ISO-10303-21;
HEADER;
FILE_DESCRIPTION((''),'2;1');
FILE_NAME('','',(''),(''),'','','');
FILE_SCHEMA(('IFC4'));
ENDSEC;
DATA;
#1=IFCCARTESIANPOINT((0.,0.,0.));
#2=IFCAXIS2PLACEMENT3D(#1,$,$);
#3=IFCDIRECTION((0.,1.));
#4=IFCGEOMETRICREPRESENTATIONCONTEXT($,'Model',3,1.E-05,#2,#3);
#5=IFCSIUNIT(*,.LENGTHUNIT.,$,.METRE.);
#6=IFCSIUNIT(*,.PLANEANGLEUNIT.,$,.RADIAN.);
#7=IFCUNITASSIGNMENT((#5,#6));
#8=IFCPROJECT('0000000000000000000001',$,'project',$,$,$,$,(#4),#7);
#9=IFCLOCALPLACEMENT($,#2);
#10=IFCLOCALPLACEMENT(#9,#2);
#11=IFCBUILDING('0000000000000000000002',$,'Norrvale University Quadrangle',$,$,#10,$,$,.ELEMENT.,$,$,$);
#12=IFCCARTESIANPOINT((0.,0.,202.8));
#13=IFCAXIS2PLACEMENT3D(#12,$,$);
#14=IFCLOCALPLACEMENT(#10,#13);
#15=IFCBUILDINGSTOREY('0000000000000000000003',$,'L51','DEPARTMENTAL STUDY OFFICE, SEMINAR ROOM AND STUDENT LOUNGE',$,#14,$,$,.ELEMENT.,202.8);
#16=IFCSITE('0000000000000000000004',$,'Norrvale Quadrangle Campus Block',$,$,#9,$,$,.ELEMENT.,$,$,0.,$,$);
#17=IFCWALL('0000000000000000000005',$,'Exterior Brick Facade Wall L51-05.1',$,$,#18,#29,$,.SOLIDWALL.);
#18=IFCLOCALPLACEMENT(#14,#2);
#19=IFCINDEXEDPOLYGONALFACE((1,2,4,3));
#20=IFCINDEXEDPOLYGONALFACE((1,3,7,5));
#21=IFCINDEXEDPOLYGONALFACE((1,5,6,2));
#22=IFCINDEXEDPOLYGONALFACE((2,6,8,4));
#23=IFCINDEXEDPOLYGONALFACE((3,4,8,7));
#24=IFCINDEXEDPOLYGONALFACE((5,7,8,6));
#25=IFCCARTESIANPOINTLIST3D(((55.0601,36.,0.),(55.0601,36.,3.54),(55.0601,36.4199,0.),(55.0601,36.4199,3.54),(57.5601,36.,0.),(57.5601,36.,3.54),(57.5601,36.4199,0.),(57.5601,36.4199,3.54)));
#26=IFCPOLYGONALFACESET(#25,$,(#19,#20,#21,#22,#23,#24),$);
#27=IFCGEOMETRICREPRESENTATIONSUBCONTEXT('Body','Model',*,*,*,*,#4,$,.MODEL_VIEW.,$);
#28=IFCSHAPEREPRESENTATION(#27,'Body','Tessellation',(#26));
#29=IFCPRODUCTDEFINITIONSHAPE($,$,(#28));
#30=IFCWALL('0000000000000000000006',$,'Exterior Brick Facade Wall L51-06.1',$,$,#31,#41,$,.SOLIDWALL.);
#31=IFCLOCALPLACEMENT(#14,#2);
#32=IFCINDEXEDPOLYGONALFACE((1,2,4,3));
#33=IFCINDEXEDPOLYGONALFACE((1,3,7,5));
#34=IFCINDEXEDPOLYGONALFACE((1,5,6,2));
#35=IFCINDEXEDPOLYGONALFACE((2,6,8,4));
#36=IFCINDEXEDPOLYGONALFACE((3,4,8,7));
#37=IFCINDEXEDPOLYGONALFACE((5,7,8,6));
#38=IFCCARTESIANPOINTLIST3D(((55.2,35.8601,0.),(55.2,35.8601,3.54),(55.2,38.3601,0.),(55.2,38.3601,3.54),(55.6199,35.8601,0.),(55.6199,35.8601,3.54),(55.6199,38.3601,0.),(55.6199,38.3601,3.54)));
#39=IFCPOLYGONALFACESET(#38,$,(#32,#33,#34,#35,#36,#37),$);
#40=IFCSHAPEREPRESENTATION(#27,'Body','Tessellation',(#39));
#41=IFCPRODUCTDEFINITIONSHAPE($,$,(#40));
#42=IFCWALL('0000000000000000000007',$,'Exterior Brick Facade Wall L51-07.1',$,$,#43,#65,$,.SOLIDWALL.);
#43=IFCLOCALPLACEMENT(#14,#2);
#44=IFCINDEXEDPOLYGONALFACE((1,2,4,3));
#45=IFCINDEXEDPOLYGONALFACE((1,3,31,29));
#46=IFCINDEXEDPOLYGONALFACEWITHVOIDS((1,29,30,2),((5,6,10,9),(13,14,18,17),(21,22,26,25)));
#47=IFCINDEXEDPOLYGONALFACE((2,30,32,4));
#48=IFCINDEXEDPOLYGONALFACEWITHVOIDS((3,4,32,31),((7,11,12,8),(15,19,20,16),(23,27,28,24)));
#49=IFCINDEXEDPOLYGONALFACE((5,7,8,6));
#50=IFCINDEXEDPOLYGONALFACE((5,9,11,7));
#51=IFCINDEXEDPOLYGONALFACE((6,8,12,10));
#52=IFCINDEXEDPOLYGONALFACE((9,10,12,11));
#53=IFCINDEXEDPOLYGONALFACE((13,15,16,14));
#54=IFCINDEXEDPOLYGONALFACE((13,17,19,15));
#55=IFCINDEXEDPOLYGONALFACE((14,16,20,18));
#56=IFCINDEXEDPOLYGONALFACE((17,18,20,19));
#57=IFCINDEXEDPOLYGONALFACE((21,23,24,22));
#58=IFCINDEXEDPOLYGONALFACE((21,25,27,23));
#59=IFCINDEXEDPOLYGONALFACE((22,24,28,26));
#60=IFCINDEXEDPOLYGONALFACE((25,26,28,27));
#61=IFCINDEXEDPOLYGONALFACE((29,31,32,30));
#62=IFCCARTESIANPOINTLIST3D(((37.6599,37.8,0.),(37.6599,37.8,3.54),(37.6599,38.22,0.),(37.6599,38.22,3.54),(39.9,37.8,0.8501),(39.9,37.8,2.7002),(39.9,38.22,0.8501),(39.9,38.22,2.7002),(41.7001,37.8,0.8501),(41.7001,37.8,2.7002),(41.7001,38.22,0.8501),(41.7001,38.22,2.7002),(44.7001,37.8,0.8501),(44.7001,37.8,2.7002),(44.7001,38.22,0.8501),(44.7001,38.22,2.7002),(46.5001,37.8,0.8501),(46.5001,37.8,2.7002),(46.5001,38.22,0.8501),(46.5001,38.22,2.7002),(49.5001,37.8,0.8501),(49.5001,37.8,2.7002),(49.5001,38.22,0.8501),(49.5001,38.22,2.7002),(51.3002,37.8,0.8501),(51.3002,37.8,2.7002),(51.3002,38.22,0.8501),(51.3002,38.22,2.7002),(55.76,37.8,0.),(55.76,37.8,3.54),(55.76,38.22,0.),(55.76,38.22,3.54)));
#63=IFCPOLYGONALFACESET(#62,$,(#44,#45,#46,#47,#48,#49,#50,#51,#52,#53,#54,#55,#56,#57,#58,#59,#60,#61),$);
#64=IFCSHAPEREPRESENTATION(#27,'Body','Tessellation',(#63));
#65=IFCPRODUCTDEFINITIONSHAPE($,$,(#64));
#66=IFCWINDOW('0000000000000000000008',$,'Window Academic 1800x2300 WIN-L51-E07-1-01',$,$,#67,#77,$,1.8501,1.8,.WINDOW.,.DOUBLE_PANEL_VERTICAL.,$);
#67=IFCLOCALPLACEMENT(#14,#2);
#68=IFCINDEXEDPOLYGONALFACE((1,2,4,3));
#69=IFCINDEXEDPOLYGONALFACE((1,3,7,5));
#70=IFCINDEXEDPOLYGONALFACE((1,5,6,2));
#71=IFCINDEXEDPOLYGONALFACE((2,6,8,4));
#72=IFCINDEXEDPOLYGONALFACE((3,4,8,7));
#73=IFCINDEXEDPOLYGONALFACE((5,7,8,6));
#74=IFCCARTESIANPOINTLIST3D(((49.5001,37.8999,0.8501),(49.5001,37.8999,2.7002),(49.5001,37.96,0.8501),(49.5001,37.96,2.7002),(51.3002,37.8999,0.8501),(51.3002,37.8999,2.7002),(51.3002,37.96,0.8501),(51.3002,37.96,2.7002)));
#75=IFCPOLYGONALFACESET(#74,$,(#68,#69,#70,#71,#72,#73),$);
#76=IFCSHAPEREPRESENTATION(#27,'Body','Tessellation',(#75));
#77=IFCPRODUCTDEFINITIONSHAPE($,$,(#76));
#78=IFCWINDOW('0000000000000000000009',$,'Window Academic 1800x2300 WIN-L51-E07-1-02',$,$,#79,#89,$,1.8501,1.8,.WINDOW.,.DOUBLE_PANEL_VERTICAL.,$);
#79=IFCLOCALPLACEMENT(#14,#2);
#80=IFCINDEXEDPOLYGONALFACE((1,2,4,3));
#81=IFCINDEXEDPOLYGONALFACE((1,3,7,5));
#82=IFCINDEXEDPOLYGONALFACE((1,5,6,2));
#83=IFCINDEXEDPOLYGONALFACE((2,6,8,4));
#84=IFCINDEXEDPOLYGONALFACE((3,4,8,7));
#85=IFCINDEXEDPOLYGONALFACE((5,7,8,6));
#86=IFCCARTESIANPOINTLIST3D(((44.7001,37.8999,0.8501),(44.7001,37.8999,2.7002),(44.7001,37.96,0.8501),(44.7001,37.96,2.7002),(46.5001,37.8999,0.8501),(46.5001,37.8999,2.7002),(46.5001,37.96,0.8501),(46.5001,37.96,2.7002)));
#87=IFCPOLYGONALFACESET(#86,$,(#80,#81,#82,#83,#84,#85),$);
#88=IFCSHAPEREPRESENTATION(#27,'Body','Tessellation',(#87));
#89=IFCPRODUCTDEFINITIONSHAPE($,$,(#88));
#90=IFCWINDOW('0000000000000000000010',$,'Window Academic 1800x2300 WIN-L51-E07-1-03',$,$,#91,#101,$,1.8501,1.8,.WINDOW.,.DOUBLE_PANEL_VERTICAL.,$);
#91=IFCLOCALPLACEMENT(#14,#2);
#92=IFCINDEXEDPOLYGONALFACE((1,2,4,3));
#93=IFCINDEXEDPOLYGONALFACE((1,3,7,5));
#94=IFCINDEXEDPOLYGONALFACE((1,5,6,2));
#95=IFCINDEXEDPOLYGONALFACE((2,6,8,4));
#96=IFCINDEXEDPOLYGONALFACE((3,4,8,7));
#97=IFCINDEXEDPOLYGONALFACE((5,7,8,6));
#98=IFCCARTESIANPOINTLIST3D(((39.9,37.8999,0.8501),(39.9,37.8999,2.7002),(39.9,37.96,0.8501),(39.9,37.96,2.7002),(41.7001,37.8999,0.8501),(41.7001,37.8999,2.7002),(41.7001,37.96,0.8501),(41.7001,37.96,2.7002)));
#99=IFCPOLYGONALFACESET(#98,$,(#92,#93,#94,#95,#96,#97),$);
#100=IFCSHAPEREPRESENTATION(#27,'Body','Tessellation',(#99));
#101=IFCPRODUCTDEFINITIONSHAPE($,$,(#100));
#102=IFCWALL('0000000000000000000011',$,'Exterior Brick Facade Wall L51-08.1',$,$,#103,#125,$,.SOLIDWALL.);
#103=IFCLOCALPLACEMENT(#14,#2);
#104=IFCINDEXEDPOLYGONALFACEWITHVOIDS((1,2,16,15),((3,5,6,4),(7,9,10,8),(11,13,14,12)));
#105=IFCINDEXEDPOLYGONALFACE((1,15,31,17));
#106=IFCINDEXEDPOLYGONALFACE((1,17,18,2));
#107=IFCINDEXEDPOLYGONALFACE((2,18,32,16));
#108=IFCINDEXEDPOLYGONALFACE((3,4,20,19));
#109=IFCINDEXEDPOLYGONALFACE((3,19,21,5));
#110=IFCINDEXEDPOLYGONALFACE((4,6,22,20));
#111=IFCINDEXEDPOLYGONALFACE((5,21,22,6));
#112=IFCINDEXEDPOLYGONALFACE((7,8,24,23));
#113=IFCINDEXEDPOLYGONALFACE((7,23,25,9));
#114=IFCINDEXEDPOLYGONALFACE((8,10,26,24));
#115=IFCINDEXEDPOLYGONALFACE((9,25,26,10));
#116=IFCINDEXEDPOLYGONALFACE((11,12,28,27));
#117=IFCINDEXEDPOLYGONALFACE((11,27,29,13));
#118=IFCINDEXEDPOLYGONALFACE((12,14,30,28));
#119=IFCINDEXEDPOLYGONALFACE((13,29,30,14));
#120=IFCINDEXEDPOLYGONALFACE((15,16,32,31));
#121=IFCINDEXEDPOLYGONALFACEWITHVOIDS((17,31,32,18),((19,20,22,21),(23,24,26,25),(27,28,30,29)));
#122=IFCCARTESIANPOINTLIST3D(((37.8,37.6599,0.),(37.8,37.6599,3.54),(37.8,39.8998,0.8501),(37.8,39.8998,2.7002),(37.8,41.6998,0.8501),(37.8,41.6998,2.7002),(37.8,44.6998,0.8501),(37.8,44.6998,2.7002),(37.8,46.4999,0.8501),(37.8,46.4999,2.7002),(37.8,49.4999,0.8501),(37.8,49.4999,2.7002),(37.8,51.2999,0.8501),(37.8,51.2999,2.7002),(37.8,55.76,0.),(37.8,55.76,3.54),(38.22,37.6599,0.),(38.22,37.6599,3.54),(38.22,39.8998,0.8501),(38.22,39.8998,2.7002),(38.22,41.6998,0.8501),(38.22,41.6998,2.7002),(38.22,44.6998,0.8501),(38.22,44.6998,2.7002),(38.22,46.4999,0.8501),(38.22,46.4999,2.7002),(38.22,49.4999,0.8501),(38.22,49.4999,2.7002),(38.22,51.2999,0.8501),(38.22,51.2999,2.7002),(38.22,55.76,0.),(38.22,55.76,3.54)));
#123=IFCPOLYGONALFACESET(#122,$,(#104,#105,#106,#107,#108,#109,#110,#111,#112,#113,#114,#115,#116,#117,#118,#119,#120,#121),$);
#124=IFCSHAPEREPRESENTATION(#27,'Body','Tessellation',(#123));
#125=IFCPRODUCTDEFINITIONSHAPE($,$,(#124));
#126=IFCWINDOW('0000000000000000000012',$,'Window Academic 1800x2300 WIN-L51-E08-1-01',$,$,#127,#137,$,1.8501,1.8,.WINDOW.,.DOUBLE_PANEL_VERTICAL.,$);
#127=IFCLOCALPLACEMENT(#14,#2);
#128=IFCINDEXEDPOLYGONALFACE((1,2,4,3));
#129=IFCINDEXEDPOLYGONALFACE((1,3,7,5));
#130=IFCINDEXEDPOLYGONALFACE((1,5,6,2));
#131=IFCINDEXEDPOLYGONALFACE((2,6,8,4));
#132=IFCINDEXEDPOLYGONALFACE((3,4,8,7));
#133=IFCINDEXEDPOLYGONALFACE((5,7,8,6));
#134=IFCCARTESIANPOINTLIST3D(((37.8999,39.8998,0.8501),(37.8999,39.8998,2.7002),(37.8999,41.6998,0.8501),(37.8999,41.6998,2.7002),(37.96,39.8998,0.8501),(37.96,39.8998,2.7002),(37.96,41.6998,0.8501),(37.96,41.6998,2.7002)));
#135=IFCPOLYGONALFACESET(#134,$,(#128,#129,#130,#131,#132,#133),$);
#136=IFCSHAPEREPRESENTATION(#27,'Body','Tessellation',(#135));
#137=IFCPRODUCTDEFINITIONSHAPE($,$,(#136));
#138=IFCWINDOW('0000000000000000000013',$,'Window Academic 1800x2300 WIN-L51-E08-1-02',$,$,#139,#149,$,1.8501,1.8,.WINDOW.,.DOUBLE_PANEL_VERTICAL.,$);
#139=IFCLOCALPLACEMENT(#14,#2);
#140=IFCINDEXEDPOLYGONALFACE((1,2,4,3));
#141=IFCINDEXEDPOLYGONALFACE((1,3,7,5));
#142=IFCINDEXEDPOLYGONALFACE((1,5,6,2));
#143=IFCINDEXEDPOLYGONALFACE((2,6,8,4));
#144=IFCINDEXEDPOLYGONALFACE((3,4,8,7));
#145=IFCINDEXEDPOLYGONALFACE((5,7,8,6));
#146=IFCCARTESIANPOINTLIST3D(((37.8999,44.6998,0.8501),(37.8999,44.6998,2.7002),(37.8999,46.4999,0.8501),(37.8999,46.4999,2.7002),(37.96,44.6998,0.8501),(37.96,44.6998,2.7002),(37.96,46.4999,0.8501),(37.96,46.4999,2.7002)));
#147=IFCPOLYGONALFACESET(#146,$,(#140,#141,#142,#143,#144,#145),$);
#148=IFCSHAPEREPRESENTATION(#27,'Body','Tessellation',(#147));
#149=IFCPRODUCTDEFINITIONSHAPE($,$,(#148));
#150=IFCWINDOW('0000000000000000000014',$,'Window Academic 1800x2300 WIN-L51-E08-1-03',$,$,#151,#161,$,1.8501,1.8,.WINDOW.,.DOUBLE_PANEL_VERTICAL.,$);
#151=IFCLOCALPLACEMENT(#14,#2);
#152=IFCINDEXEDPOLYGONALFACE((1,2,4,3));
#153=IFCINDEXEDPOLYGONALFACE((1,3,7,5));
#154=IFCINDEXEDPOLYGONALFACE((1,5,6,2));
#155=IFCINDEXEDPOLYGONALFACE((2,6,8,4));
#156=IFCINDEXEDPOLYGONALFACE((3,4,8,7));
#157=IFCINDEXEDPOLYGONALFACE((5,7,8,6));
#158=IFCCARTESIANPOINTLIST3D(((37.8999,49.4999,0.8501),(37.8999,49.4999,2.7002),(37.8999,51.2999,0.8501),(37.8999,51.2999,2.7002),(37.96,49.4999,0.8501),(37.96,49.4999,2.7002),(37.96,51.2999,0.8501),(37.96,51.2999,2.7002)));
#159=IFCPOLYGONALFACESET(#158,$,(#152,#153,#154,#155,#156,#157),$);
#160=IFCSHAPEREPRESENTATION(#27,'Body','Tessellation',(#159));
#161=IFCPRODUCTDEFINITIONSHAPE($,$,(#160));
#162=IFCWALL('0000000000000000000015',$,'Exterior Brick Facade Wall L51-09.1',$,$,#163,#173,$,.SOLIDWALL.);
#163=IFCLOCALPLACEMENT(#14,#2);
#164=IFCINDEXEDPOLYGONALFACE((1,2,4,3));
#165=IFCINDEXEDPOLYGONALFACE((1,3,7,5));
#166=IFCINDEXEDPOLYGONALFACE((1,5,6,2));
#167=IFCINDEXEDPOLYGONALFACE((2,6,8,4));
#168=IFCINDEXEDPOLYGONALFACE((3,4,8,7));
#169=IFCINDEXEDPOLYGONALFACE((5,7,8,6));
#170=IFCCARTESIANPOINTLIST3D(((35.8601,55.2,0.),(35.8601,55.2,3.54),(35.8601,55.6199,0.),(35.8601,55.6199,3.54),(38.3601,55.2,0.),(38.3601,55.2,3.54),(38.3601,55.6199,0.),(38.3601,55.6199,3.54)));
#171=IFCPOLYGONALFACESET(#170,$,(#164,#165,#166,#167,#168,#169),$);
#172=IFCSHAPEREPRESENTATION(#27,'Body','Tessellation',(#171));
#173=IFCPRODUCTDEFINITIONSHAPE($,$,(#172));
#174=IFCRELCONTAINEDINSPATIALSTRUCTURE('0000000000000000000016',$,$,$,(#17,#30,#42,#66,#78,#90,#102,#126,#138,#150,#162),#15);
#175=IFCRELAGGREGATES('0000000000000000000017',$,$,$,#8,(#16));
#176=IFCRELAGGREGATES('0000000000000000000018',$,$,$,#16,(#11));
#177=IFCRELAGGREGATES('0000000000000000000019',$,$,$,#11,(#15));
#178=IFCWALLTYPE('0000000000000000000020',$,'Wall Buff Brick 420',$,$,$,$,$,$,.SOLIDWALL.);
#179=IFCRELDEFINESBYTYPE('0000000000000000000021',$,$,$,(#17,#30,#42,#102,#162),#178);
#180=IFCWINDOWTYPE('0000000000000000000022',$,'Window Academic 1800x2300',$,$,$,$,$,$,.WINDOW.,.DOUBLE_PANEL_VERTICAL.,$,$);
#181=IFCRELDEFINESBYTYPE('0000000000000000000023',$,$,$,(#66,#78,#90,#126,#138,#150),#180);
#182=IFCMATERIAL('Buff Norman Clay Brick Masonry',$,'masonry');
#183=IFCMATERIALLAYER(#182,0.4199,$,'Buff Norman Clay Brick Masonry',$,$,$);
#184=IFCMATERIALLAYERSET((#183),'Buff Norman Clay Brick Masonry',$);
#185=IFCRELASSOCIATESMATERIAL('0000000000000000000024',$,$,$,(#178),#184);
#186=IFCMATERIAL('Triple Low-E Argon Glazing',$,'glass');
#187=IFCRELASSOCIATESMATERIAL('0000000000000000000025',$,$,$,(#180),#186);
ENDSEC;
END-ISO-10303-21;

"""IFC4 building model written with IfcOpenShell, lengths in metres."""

from ifc_helpers import new_model, si_unit, direction, frame, frame_2d, origin, place, context, subcontext, project, spatial, rectangle, extrude, material, layer, layer_set, type_object, element, fill, save


model = new_model("IFC4")

# Units and contexts
model_context = context("Model", 3, precision=1e-05, world=origin(), true_north=direction((0.0, 1.0)))
body_context = subcontext(model_context, "Body", "Model", "MODEL_VIEW")
ifc_project = project(units=[si_unit("LENGTHUNIT", "METRE"), si_unit("PLANEANGLEUNIT", "RADIAN")], contexts=[model_context])

# Site, building, storey
site_placement = place(None, origin())
site = spatial("IfcSite", under=ifc_project, at=site_placement, Name="Norrvale Quadrangle Campus Block", CompositionType="ELEMENT", RefElevation=0.0)
building_placement = place(site_placement, origin())
building = spatial("IfcBuilding", under=site, at=building_placement, Name="Norrvale University Quadrangle", CompositionType="ELEMENT")
storey_placement = place(building_placement, frame((0.0, 0.0, 202.8)))
storey = spatial("IfcBuildingStorey", under=building, at=storey_placement, Name="L51", Description="DEPARTMENTAL STUDY OFFICE, SEMINAR ROOM AND STUDENT LOUNGE", CompositionType="ELEMENT", Elevation=202.8)

# Walls
ifc_material_1 = material(Name="Buff Norman Clay Brick Masonry", Category="masonry")
ifc_layer = layer(ifc_material_1, 0.4199, Name="Buff Norman Clay Brick Masonry")
ifc_layer_set = layer_set([ifc_layer], Name="Buff Norman Clay Brick Masonry")
wall_type = type_object("IfcWallType", Name="Wall Buff Brick 420", PredefinedType="SOLIDWALL", material=ifc_layer_set)
for number, where, z_axis, x_axis, name in (
    (1, (57.5601, 36.21, 0.0), (0.0, 0.0, 1.0), (-1.0, 0.0, 0.0), "Exterior Brick Facade Wall L51-05.1"),
    (2, (55.4099, 35.8601, 0.0), (0.0, 0.0, 1.0), (0.0, 1.0, 0.0), "Exterior Brick Facade Wall L51-06.1"),
):
    element("IfcWall", number, at=place(storey_placement, frame(where, z_axis=z_axis, x_axis=x_axis)), inside=storey, type_object=wall_type, Name=name, PredefinedType="SOLIDWALL", context=body_context, shape_type="SweptSolid", body=[
        extrude(rectangle(XDim=2.5, YDim=0.4199, at=frame_2d((1.25, 0.0))), origin(), (0.0, 0.0, 1.0), 3.54),
    ])

# Walls, openings, windows
wall_1_placement = place(storey_placement, frame((55.76, 38.01, 0.0), z_axis=(0.0, 0.0, 1.0), x_axis=(-1.0, 0.0, 0.0)))
wall_1 = element("IfcWall", 3, at=wall_1_placement, inside=storey, type_object=wall_type, Name="Exterior Brick Facade Wall L51-07.1", PredefinedType="SOLIDWALL", context=body_context, shape_type="SweptSolid", body=[
    extrude(rectangle(XDim=18.1001, YDim=0.4199, at=frame_2d((9.05, 0.0))), origin(), (0.0, 0.0, 1.0), 3.54),
])
opening_1_placement = place(wall_1_placement, frame((4.46, 0.0, 0.8501)))
opening_1 = element("IfcOpeningElement", 4, at=opening_1_placement, cuts=wall_1, PredefinedType="OPENING", context=body_context, shape_type="SweptSolid", body=[
    extrude(rectangle(XDim=1.8, YDim=1.8501, at=frame_2d((0.8999, 0.925))), frame((0.0, 0.2219, 0.0), z_axis=(0.0, -1.0, 0.0), x_axis=(1.0, 0.0, 0.0)), (0.0, 0.0, 1.0), 0.4438),
])
opening_2_placement = place(wall_1_placement, frame((9.26, 0.0, 0.8501)))
opening_2 = element("IfcOpeningElement", 5, at=opening_2_placement, cuts=wall_1, PredefinedType="OPENING", context=body_context, shape_type="SweptSolid", body=[
    extrude(rectangle(XDim=1.8, YDim=1.8501, at=frame_2d((0.8999, 0.925))), frame((0.0, 0.2219, 0.0), z_axis=(0.0, -1.0, 0.0), x_axis=(1.0, 0.0, 0.0)), (0.0, 0.0, 1.0), 0.4438),
])
opening_3_placement = place(wall_1_placement, frame((14.0601, 0.0, 0.8501)))
opening_3 = element("IfcOpeningElement", 6, at=opening_3_placement, cuts=wall_1, PredefinedType="OPENING", context=body_context, shape_type="SweptSolid", body=[
    extrude(rectangle(XDim=1.8, YDim=1.8501, at=frame_2d((0.8999, 0.925))), frame((0.0, 0.2219, 0.0), z_axis=(0.0, -1.0, 0.0), x_axis=(1.0, 0.0, 0.0)), (0.0, 0.0, 1.0), 0.4438),
])
ifc_material_2 = material(Name="Triple Low-E Argon Glazing", Category="glass")
window_type_1 = type_object("IfcWindowType", Name="Window Academic 1800x2300", PartitioningType="DOUBLE_PANEL_VERTICAL", PredefinedType="WINDOW", material=ifc_material_2)
window_1_placement = place(opening_1_placement, origin())
window_1 = element("IfcWindow", 7, at=window_1_placement, inside=storey, type_object=window_type_1, Name="Window Academic 1800x2300 WIN-L51-E07-1-01", OverallHeight=1.8501, OverallWidth=1.8, PartitioningType="DOUBLE_PANEL_VERTICAL", PredefinedType="WINDOW", context=body_context, shape_type="SweptSolid", body=[
    extrude(rectangle(XDim=1.8, YDim=1.8501, at=frame_2d((0.8999, 0.925))), frame((0.0, 0.1101, 0.0), z_axis=(0.0, -1.0, 0.0), x_axis=(1.0, 0.0, 0.0)), (0.0, 0.0, 1.0), 0.0601),
])
fill(opening_1, window_1)
window_2_placement = place(opening_2_placement, origin())
window_2 = element("IfcWindow", 8, at=window_2_placement, inside=storey, type_object=window_type_1, Name="Window Academic 1800x2300 WIN-L51-E07-1-02", OverallHeight=1.8501, OverallWidth=1.8, PartitioningType="DOUBLE_PANEL_VERTICAL", PredefinedType="WINDOW", context=body_context, shape_type="SweptSolid", body=[
    extrude(rectangle(XDim=1.8, YDim=1.8501, at=frame_2d((0.8999, 0.925))), frame((0.0, 0.1101, 0.0), z_axis=(0.0, -1.0, 0.0), x_axis=(1.0, 0.0, 0.0)), (0.0, 0.0, 1.0), 0.0601),
])
fill(opening_2, window_2)
window_3_placement = place(opening_3_placement, origin())
window_3 = element("IfcWindow", 9, at=window_3_placement, inside=storey, type_object=window_type_1, Name="Window Academic 1800x2300 WIN-L51-E07-1-03", OverallHeight=1.8501, OverallWidth=1.8, PartitioningType="DOUBLE_PANEL_VERTICAL", PredefinedType="WINDOW", context=body_context, shape_type="SweptSolid", body=[
    extrude(rectangle(XDim=1.8, YDim=1.8501, at=frame_2d((0.8999, 0.925))), frame((0.0, 0.1101, 0.0), z_axis=(0.0, -1.0, 0.0), x_axis=(1.0, 0.0, 0.0)), (0.0, 0.0, 1.0), 0.0601),
])
fill(opening_3, window_3)
wall_2_placement = place(storey_placement, frame((38.01, 37.6599, 0.0), z_axis=(0.0, 0.0, 1.0), x_axis=(0.0, 1.0, 0.0)))
wall_2 = element("IfcWall", 10, at=wall_2_placement, inside=storey, type_object=wall_type, Name="Exterior Brick Facade Wall L51-08.1", PredefinedType="SOLIDWALL", context=body_context, shape_type="SweptSolid", body=[
    extrude(rectangle(XDim=18.1001, YDim=0.4199, at=frame_2d((9.05, 0.0))), origin(), (0.0, 0.0, 1.0), 3.54),
])
opening_4_placement = place(wall_2_placement, frame((2.24, 0.0, 0.8501)))
opening_4 = element("IfcOpeningElement", 11, at=opening_4_placement, cuts=wall_2, PredefinedType="OPENING", context=body_context, shape_type="SweptSolid", body=[
    extrude(rectangle(XDim=1.8, YDim=1.8501, at=frame_2d((0.8999, 0.925))), frame((0.0, 0.2219, 0.0), z_axis=(0.0, -1.0, 0.0), x_axis=(1.0, 0.0, 0.0)), (0.0, 0.0, 1.0), 0.4438),
])
opening_5_placement = place(wall_2_placement, frame((7.04, 0.0, 0.8501)))
opening_5 = element("IfcOpeningElement", 12, at=opening_5_placement, cuts=wall_2, PredefinedType="OPENING", context=body_context, shape_type="SweptSolid", body=[
    extrude(rectangle(XDim=1.8, YDim=1.8501, at=frame_2d((0.8999, 0.925))), frame((0.0, 0.2219, 0.0), z_axis=(0.0, -1.0, 0.0), x_axis=(1.0, 0.0, 0.0)), (0.0, 0.0, 1.0), 0.4438),
])
opening_6_placement = place(wall_2_placement, frame((11.8401, 0.0, 0.8501)))
opening_6 = element("IfcOpeningElement", 13, at=opening_6_placement, cuts=wall_2, PredefinedType="OPENING", context=body_context, shape_type="SweptSolid", body=[
    extrude(rectangle(XDim=1.8, YDim=1.8501, at=frame_2d((0.8999, 0.925))), frame((0.0, 0.2219, 0.0), z_axis=(0.0, -1.0, 0.0), x_axis=(1.0, 0.0, 0.0)), (0.0, 0.0, 1.0), 0.4438),
])
window_4_placement = place(opening_4_placement, origin())
window_4 = element("IfcWindow", 14, at=window_4_placement, inside=storey, type_object=window_type_1, Name="Window Academic 1800x2300 WIN-L51-E08-1-01", OverallHeight=1.8501, OverallWidth=1.8, PartitioningType="DOUBLE_PANEL_VERTICAL", PredefinedType="WINDOW", context=body_context, shape_type="SweptSolid", body=[
    extrude(rectangle(XDim=1.8, YDim=1.8501, at=frame_2d((0.8999, 0.925))), frame((0.0, 0.1101, 0.0), z_axis=(0.0, -1.0, 0.0), x_axis=(1.0, 0.0, 0.0)), (0.0, 0.0, 1.0), 0.0601),
])
fill(opening_4, window_4)
window_5_placement = place(opening_5_placement, origin())
window_5 = element("IfcWindow", 15, at=window_5_placement, inside=storey, type_object=window_type_1, Name="Window Academic 1800x2300 WIN-L51-E08-1-02", OverallHeight=1.8501, OverallWidth=1.8, PartitioningType="DOUBLE_PANEL_VERTICAL", PredefinedType="WINDOW", context=body_context, shape_type="SweptSolid", body=[
    extrude(rectangle(XDim=1.8, YDim=1.8501, at=frame_2d((0.8999, 0.925))), frame((0.0, 0.1101, 0.0), z_axis=(0.0, -1.0, 0.0), x_axis=(1.0, 0.0, 0.0)), (0.0, 0.0, 1.0), 0.0601),
])
fill(opening_5, window_5)
window_6_placement = place(opening_6_placement, origin())
window_6 = element("IfcWindow", 16, at=window_6_placement, inside=storey, type_object=window_type_1, Name="Window Academic 1800x2300 WIN-L51-E08-1-03", OverallHeight=1.8501, OverallWidth=1.8, PartitioningType="DOUBLE_PANEL_VERTICAL", PredefinedType="WINDOW", context=body_context, shape_type="SweptSolid", body=[
    extrude(rectangle(XDim=1.8, YDim=1.8501, at=frame_2d((0.8999, 0.925))), frame((0.0, 0.1101, 0.0), z_axis=(0.0, -1.0, 0.0), x_axis=(1.0, 0.0, 0.0)), (0.0, 0.0, 1.0), 0.0601),
])
fill(opening_6, window_6)

# Wall
for number, where, z_axis, x_axis, name in (
    (17, (38.3601, 55.4099, 0.0), (0.0, 0.0, 1.0), (-1.0, 0.0, 0.0), "Exterior Brick Facade Wall L51-09.1"),
):
    element("IfcWall", number, at=place(storey_placement, frame(where, z_axis=z_axis, x_axis=x_axis)), inside=storey, type_object=wall_type, Name=name, PredefinedType="SOLIDWALL", context=body_context, shape_type="SweptSolid", body=[
        extrude(rectangle(XDim=2.5, YDim=0.4199, at=frame_2d((1.25, 0.0))), origin(), (0.0, 0.0, 1.0), 3.54),
    ])

save(model, "model.ifc")
